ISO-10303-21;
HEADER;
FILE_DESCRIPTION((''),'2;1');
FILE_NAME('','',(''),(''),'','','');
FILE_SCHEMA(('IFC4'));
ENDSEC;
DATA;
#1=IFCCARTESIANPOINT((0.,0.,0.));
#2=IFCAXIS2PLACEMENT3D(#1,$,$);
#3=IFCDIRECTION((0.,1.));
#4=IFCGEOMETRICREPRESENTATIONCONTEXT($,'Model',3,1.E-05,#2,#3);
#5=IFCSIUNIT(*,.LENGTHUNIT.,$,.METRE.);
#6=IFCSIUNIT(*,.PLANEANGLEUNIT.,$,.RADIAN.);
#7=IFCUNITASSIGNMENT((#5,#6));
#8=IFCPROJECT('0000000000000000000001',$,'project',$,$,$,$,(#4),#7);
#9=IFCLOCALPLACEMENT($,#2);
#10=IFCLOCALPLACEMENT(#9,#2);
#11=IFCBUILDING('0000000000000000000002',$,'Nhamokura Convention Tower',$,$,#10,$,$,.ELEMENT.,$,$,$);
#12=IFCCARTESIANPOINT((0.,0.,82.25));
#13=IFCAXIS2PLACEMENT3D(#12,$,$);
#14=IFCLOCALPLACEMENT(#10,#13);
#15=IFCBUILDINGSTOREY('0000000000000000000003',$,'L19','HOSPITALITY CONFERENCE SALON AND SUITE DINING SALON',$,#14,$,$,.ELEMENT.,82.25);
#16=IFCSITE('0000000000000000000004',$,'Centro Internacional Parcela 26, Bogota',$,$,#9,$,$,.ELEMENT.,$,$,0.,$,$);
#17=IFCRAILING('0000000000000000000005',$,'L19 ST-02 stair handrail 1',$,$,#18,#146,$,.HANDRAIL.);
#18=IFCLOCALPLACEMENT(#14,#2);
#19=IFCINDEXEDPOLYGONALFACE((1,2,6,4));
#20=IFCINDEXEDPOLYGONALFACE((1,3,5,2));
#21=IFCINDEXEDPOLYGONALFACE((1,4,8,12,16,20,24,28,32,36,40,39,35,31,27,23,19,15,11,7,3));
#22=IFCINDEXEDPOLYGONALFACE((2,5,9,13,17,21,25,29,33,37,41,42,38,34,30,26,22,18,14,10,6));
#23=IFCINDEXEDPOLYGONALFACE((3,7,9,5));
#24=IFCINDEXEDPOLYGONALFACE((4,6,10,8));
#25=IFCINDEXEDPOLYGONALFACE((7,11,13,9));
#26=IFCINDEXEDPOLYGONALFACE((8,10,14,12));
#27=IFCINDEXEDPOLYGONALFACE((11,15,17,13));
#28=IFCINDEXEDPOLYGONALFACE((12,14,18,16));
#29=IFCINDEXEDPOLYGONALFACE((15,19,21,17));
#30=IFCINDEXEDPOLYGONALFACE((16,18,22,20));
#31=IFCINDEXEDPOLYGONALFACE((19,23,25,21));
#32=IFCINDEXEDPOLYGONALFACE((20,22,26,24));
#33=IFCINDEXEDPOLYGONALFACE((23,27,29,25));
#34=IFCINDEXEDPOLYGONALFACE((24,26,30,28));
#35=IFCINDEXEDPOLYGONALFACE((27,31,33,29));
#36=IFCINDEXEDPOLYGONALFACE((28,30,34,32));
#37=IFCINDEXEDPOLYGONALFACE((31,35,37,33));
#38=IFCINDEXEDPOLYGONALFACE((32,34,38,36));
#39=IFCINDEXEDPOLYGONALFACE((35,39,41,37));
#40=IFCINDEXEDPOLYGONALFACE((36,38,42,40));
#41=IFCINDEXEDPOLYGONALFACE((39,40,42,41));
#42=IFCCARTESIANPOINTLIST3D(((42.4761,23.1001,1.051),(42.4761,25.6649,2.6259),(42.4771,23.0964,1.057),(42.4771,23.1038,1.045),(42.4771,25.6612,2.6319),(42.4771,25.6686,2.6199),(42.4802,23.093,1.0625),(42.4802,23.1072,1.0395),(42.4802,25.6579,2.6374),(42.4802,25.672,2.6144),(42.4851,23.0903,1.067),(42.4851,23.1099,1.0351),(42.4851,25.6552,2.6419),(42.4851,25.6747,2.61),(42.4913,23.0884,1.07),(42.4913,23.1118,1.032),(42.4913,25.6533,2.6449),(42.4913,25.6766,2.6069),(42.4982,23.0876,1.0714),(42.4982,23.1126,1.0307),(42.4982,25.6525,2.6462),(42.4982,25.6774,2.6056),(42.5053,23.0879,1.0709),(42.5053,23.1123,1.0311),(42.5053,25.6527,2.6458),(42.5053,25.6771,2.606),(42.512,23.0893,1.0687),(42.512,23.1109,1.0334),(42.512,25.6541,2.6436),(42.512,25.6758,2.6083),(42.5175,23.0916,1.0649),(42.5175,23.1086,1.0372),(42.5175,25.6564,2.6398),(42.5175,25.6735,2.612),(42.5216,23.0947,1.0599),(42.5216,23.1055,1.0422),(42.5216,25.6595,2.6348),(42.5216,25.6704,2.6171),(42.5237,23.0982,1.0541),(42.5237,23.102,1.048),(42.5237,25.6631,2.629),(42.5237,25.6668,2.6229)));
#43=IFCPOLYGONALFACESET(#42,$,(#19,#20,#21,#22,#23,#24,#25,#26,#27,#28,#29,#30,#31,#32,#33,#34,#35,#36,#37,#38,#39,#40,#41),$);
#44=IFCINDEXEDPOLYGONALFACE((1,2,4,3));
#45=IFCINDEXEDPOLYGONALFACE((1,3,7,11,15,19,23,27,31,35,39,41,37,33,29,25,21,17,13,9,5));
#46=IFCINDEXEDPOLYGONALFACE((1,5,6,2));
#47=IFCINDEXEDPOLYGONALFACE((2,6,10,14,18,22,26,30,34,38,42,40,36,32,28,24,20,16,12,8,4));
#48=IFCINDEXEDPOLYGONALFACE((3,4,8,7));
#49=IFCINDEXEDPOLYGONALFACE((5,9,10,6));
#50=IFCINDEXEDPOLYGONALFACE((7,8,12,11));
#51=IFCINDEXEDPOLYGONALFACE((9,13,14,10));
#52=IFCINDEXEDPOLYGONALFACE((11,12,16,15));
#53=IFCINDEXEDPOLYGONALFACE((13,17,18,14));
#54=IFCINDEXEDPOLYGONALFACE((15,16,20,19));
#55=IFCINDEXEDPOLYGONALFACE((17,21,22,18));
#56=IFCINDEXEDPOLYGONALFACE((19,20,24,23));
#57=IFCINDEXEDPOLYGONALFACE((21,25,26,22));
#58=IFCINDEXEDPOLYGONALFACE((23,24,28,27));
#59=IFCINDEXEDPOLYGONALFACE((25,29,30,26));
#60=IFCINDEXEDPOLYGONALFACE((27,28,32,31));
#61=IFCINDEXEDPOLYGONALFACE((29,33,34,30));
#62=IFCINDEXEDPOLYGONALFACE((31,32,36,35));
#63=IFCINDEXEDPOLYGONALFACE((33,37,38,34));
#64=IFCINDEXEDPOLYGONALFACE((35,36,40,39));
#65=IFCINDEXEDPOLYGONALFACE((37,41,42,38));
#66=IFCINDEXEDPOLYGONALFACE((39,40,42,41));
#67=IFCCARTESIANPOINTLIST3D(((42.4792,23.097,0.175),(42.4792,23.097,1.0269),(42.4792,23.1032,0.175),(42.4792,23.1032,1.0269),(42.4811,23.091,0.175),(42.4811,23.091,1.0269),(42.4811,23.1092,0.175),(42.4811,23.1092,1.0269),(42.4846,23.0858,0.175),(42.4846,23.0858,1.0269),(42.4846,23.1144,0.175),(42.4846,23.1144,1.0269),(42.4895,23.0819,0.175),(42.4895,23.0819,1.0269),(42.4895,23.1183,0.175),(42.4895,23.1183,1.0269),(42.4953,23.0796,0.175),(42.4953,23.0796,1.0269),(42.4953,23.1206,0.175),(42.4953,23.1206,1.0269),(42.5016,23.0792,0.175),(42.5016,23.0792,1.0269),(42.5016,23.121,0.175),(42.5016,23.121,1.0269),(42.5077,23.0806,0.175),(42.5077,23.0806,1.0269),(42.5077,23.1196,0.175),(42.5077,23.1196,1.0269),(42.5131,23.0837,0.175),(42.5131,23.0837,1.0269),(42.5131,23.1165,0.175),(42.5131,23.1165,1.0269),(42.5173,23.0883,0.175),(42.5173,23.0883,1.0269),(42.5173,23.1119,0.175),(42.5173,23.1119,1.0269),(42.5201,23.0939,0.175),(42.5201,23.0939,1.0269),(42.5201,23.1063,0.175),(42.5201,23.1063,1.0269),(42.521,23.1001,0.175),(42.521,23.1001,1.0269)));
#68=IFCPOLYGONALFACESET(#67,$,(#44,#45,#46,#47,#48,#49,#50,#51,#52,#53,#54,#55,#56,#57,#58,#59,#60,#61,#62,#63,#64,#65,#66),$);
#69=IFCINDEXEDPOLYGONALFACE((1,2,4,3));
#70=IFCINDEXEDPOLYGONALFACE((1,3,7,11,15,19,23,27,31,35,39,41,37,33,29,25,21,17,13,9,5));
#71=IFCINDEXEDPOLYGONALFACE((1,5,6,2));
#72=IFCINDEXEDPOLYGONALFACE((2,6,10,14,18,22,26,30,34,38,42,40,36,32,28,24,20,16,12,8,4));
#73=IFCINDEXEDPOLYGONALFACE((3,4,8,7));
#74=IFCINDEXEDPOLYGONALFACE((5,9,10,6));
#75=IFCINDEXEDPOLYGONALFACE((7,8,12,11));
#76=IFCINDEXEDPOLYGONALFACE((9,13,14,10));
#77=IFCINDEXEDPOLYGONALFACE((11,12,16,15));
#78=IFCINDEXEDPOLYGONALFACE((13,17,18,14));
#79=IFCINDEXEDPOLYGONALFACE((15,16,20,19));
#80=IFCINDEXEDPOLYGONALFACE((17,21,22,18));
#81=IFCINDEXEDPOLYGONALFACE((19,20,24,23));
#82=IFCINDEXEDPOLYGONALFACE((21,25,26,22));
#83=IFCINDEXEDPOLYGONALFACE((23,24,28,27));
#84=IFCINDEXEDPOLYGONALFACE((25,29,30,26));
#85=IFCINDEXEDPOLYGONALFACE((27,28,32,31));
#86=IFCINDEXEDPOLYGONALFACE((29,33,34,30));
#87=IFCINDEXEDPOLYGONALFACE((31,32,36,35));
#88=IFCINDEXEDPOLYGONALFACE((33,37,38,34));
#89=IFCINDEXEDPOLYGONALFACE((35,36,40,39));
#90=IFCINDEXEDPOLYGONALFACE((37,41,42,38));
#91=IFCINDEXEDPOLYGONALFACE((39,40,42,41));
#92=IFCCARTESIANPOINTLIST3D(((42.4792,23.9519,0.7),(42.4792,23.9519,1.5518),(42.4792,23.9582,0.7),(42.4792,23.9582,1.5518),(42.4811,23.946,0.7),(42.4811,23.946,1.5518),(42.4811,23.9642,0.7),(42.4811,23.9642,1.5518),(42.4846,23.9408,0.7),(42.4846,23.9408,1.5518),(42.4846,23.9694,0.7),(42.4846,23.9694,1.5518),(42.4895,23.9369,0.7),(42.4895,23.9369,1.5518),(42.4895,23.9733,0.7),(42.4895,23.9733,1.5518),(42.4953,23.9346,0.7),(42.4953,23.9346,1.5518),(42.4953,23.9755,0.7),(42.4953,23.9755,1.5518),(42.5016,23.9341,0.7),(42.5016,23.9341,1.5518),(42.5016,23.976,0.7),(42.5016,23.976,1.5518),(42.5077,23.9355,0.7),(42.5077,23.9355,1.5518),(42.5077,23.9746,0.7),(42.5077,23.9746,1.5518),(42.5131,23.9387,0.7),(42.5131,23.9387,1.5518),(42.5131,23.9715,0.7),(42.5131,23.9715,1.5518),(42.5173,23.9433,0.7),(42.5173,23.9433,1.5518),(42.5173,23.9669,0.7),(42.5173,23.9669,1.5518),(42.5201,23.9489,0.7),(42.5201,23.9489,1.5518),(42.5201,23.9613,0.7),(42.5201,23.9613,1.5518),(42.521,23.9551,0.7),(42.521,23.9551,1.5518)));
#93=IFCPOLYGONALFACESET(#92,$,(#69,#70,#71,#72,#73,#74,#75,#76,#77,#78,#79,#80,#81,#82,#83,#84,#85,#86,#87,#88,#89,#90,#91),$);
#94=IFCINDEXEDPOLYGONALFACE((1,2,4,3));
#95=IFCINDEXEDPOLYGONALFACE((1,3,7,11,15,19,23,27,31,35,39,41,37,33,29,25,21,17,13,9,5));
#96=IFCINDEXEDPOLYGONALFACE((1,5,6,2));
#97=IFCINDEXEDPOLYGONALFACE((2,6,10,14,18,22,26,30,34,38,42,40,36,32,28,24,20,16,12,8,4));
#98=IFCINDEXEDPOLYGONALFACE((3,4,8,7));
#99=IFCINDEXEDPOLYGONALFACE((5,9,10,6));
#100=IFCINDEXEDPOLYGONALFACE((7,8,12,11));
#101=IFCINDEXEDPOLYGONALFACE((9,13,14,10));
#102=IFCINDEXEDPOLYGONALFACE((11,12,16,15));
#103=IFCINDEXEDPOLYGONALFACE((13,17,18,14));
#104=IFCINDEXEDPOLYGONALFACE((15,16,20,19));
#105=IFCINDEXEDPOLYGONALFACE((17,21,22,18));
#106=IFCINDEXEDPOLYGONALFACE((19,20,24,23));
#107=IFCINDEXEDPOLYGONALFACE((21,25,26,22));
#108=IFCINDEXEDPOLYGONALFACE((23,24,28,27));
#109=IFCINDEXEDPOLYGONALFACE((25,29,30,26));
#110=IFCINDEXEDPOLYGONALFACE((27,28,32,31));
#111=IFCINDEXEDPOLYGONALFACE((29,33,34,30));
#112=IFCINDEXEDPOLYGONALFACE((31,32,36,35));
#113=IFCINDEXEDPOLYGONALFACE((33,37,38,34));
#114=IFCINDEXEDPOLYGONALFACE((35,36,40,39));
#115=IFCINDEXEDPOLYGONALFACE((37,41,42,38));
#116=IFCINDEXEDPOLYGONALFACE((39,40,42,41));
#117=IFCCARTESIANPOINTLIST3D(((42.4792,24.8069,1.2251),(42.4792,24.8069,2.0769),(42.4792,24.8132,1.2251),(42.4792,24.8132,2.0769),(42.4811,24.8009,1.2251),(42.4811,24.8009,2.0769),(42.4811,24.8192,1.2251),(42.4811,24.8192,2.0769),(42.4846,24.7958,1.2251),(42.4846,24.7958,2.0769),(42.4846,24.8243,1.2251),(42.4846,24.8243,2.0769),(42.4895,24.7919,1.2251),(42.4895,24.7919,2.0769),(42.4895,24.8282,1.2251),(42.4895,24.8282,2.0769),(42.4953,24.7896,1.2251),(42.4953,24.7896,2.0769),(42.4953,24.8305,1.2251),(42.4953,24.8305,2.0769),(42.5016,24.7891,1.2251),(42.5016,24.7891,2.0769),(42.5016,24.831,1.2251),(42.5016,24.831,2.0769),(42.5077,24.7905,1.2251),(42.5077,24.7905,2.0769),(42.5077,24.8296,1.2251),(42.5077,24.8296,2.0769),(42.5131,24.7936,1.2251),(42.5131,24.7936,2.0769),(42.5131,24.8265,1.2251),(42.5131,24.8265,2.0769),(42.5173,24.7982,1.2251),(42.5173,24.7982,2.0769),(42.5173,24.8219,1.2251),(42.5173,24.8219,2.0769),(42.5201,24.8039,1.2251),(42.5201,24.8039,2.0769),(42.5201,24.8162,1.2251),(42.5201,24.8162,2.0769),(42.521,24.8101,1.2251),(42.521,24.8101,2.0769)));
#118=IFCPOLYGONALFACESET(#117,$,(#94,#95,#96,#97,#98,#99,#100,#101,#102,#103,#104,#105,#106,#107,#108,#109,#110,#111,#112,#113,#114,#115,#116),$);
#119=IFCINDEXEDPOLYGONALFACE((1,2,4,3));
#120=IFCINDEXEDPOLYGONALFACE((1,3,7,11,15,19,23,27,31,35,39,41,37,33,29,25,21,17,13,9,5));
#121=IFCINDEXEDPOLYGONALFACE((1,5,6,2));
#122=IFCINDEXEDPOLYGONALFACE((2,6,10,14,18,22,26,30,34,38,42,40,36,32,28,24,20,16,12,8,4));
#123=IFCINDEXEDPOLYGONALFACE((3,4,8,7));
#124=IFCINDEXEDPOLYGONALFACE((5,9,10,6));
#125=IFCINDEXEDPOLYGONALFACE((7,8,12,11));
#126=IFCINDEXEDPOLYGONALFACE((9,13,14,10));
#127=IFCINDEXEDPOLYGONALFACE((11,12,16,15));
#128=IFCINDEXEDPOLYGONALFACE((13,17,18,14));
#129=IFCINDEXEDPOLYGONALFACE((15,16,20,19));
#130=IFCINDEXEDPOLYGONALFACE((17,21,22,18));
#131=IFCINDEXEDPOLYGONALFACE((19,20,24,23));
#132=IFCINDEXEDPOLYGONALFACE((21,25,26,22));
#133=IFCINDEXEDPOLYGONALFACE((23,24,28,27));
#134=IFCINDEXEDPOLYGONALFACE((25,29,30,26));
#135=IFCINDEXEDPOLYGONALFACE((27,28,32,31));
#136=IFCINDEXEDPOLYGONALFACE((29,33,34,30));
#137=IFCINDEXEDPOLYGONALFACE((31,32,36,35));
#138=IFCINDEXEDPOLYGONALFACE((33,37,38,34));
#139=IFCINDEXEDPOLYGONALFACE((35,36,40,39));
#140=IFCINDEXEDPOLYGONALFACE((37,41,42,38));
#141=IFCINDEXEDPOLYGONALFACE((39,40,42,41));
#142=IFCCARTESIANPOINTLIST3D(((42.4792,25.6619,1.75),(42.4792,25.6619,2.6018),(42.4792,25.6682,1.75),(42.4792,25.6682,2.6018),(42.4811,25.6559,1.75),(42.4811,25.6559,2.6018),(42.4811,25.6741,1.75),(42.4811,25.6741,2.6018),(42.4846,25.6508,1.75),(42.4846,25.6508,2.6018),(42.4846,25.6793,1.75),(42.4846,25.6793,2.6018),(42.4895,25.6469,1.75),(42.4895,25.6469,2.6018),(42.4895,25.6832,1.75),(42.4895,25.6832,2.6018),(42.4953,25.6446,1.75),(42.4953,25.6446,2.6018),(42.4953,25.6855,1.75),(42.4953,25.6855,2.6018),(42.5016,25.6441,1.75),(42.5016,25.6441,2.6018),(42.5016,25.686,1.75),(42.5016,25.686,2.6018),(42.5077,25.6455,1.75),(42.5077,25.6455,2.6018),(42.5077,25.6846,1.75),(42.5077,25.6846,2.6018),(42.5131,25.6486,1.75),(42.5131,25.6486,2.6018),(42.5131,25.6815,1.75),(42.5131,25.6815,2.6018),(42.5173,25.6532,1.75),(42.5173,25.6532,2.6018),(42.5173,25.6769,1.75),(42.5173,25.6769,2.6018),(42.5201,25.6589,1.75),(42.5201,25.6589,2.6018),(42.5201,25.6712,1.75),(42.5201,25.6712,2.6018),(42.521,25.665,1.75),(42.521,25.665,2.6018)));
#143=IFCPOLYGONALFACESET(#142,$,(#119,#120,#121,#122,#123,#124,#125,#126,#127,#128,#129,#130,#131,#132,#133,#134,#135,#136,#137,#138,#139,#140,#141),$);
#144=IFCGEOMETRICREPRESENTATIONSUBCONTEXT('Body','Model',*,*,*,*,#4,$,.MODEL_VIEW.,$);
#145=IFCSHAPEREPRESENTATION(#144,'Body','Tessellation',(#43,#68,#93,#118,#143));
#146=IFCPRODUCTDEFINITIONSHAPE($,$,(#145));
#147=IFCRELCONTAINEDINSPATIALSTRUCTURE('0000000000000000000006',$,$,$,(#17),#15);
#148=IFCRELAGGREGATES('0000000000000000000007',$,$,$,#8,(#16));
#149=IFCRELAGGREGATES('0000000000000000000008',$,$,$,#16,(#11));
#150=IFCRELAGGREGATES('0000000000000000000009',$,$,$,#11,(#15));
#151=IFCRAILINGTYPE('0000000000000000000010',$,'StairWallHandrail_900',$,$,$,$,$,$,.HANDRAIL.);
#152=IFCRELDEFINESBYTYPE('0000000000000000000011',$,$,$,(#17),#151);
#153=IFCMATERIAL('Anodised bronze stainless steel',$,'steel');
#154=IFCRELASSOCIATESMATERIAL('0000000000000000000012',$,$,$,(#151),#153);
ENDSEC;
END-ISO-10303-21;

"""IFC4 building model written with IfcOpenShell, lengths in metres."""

from ifc_helpers import new_model, si_unit, direction, frame, origin, origin_2d, place, context, subcontext, project, spatial, circle, extrude, material, type_object, element, save


model = new_model("IFC4")

# Units and contexts
model_context = context("Model", 3, precision=1e-05, world=origin(), true_north=direction((0.0, 1.0)))
body_context = subcontext(model_context, "Body", "Model", "MODEL_VIEW")
ifc_project = project(units=[si_unit("LENGTHUNIT", "METRE"), si_unit("PLANEANGLEUNIT", "RADIAN")], contexts=[model_context])

# Site, building, storey
site_placement = place(None, origin())
site = spatial("IfcSite", under=ifc_project, at=site_placement, Name="Centro Internacional Parcela 26, Bogota", CompositionType="ELEMENT", RefElevation=0.0)
building_placement = place(site_placement, origin())
building = spatial("IfcBuilding", under=site, at=building_placement, Name="Nhamokura Convention Tower", CompositionType="ELEMENT")
storey_placement = place(building_placement, frame((0.0, 0.0, 82.25)))
storey = spatial("IfcBuildingStorey", under=building, at=storey_placement, Name="L19", Description="HOSPITALITY CONFERENCE SALON AND SUITE DINING SALON", CompositionType="ELEMENT", Elevation=82.25)

# Railing
ifc_material_1 = material(Name="Anodised bronze stainless steel", Category="steel")
railing_type_1 = type_object("IfcRailingType", Name="StairWallHandrail_900", PredefinedType="HANDRAIL", material=ifc_material_1)
railing_1_placement = place(storey_placement, frame((42.5, 23.1001, 0.175)))
element("IfcRailing", 1, at=railing_1_placement, inside=storey, type_object=railing_type_1, Name="L19 ST-02 stair handrail 1", PredefinedType="HANDRAIL", context=body_context, shape_type="SweptSolid", body=[
    extrude(circle(Radius=0.0239, at=origin_2d()), frame((0.0, 0.0, 0.876), z_axis=(0.0, 0.852173, 0.52326), x_axis=(-1.0, 0.0, 0.0)), (0.0, 0.0, 1.0), 3.0098),
    extrude(circle(Radius=0.021, at=origin_2d()), origin(), (0.0, 0.0, 1.0), 0.8518),
    extrude(circle(Radius=0.021, at=origin_2d()), frame((0.0, 0.855, 0.5249)), (0.0, 0.0, 1.0), 0.8518),
    extrude(circle(Radius=0.021, at=origin_2d()), frame((0.0, 1.71, 1.05)), (0.0, 0.0, 1.0), 0.8518),
    extrude(circle(Radius=0.021, at=origin_2d()), frame((0.0, 2.5649, 1.575)), (0.0, 0.0, 1.0), 0.8518),
])

save(model, "model.ifc")
